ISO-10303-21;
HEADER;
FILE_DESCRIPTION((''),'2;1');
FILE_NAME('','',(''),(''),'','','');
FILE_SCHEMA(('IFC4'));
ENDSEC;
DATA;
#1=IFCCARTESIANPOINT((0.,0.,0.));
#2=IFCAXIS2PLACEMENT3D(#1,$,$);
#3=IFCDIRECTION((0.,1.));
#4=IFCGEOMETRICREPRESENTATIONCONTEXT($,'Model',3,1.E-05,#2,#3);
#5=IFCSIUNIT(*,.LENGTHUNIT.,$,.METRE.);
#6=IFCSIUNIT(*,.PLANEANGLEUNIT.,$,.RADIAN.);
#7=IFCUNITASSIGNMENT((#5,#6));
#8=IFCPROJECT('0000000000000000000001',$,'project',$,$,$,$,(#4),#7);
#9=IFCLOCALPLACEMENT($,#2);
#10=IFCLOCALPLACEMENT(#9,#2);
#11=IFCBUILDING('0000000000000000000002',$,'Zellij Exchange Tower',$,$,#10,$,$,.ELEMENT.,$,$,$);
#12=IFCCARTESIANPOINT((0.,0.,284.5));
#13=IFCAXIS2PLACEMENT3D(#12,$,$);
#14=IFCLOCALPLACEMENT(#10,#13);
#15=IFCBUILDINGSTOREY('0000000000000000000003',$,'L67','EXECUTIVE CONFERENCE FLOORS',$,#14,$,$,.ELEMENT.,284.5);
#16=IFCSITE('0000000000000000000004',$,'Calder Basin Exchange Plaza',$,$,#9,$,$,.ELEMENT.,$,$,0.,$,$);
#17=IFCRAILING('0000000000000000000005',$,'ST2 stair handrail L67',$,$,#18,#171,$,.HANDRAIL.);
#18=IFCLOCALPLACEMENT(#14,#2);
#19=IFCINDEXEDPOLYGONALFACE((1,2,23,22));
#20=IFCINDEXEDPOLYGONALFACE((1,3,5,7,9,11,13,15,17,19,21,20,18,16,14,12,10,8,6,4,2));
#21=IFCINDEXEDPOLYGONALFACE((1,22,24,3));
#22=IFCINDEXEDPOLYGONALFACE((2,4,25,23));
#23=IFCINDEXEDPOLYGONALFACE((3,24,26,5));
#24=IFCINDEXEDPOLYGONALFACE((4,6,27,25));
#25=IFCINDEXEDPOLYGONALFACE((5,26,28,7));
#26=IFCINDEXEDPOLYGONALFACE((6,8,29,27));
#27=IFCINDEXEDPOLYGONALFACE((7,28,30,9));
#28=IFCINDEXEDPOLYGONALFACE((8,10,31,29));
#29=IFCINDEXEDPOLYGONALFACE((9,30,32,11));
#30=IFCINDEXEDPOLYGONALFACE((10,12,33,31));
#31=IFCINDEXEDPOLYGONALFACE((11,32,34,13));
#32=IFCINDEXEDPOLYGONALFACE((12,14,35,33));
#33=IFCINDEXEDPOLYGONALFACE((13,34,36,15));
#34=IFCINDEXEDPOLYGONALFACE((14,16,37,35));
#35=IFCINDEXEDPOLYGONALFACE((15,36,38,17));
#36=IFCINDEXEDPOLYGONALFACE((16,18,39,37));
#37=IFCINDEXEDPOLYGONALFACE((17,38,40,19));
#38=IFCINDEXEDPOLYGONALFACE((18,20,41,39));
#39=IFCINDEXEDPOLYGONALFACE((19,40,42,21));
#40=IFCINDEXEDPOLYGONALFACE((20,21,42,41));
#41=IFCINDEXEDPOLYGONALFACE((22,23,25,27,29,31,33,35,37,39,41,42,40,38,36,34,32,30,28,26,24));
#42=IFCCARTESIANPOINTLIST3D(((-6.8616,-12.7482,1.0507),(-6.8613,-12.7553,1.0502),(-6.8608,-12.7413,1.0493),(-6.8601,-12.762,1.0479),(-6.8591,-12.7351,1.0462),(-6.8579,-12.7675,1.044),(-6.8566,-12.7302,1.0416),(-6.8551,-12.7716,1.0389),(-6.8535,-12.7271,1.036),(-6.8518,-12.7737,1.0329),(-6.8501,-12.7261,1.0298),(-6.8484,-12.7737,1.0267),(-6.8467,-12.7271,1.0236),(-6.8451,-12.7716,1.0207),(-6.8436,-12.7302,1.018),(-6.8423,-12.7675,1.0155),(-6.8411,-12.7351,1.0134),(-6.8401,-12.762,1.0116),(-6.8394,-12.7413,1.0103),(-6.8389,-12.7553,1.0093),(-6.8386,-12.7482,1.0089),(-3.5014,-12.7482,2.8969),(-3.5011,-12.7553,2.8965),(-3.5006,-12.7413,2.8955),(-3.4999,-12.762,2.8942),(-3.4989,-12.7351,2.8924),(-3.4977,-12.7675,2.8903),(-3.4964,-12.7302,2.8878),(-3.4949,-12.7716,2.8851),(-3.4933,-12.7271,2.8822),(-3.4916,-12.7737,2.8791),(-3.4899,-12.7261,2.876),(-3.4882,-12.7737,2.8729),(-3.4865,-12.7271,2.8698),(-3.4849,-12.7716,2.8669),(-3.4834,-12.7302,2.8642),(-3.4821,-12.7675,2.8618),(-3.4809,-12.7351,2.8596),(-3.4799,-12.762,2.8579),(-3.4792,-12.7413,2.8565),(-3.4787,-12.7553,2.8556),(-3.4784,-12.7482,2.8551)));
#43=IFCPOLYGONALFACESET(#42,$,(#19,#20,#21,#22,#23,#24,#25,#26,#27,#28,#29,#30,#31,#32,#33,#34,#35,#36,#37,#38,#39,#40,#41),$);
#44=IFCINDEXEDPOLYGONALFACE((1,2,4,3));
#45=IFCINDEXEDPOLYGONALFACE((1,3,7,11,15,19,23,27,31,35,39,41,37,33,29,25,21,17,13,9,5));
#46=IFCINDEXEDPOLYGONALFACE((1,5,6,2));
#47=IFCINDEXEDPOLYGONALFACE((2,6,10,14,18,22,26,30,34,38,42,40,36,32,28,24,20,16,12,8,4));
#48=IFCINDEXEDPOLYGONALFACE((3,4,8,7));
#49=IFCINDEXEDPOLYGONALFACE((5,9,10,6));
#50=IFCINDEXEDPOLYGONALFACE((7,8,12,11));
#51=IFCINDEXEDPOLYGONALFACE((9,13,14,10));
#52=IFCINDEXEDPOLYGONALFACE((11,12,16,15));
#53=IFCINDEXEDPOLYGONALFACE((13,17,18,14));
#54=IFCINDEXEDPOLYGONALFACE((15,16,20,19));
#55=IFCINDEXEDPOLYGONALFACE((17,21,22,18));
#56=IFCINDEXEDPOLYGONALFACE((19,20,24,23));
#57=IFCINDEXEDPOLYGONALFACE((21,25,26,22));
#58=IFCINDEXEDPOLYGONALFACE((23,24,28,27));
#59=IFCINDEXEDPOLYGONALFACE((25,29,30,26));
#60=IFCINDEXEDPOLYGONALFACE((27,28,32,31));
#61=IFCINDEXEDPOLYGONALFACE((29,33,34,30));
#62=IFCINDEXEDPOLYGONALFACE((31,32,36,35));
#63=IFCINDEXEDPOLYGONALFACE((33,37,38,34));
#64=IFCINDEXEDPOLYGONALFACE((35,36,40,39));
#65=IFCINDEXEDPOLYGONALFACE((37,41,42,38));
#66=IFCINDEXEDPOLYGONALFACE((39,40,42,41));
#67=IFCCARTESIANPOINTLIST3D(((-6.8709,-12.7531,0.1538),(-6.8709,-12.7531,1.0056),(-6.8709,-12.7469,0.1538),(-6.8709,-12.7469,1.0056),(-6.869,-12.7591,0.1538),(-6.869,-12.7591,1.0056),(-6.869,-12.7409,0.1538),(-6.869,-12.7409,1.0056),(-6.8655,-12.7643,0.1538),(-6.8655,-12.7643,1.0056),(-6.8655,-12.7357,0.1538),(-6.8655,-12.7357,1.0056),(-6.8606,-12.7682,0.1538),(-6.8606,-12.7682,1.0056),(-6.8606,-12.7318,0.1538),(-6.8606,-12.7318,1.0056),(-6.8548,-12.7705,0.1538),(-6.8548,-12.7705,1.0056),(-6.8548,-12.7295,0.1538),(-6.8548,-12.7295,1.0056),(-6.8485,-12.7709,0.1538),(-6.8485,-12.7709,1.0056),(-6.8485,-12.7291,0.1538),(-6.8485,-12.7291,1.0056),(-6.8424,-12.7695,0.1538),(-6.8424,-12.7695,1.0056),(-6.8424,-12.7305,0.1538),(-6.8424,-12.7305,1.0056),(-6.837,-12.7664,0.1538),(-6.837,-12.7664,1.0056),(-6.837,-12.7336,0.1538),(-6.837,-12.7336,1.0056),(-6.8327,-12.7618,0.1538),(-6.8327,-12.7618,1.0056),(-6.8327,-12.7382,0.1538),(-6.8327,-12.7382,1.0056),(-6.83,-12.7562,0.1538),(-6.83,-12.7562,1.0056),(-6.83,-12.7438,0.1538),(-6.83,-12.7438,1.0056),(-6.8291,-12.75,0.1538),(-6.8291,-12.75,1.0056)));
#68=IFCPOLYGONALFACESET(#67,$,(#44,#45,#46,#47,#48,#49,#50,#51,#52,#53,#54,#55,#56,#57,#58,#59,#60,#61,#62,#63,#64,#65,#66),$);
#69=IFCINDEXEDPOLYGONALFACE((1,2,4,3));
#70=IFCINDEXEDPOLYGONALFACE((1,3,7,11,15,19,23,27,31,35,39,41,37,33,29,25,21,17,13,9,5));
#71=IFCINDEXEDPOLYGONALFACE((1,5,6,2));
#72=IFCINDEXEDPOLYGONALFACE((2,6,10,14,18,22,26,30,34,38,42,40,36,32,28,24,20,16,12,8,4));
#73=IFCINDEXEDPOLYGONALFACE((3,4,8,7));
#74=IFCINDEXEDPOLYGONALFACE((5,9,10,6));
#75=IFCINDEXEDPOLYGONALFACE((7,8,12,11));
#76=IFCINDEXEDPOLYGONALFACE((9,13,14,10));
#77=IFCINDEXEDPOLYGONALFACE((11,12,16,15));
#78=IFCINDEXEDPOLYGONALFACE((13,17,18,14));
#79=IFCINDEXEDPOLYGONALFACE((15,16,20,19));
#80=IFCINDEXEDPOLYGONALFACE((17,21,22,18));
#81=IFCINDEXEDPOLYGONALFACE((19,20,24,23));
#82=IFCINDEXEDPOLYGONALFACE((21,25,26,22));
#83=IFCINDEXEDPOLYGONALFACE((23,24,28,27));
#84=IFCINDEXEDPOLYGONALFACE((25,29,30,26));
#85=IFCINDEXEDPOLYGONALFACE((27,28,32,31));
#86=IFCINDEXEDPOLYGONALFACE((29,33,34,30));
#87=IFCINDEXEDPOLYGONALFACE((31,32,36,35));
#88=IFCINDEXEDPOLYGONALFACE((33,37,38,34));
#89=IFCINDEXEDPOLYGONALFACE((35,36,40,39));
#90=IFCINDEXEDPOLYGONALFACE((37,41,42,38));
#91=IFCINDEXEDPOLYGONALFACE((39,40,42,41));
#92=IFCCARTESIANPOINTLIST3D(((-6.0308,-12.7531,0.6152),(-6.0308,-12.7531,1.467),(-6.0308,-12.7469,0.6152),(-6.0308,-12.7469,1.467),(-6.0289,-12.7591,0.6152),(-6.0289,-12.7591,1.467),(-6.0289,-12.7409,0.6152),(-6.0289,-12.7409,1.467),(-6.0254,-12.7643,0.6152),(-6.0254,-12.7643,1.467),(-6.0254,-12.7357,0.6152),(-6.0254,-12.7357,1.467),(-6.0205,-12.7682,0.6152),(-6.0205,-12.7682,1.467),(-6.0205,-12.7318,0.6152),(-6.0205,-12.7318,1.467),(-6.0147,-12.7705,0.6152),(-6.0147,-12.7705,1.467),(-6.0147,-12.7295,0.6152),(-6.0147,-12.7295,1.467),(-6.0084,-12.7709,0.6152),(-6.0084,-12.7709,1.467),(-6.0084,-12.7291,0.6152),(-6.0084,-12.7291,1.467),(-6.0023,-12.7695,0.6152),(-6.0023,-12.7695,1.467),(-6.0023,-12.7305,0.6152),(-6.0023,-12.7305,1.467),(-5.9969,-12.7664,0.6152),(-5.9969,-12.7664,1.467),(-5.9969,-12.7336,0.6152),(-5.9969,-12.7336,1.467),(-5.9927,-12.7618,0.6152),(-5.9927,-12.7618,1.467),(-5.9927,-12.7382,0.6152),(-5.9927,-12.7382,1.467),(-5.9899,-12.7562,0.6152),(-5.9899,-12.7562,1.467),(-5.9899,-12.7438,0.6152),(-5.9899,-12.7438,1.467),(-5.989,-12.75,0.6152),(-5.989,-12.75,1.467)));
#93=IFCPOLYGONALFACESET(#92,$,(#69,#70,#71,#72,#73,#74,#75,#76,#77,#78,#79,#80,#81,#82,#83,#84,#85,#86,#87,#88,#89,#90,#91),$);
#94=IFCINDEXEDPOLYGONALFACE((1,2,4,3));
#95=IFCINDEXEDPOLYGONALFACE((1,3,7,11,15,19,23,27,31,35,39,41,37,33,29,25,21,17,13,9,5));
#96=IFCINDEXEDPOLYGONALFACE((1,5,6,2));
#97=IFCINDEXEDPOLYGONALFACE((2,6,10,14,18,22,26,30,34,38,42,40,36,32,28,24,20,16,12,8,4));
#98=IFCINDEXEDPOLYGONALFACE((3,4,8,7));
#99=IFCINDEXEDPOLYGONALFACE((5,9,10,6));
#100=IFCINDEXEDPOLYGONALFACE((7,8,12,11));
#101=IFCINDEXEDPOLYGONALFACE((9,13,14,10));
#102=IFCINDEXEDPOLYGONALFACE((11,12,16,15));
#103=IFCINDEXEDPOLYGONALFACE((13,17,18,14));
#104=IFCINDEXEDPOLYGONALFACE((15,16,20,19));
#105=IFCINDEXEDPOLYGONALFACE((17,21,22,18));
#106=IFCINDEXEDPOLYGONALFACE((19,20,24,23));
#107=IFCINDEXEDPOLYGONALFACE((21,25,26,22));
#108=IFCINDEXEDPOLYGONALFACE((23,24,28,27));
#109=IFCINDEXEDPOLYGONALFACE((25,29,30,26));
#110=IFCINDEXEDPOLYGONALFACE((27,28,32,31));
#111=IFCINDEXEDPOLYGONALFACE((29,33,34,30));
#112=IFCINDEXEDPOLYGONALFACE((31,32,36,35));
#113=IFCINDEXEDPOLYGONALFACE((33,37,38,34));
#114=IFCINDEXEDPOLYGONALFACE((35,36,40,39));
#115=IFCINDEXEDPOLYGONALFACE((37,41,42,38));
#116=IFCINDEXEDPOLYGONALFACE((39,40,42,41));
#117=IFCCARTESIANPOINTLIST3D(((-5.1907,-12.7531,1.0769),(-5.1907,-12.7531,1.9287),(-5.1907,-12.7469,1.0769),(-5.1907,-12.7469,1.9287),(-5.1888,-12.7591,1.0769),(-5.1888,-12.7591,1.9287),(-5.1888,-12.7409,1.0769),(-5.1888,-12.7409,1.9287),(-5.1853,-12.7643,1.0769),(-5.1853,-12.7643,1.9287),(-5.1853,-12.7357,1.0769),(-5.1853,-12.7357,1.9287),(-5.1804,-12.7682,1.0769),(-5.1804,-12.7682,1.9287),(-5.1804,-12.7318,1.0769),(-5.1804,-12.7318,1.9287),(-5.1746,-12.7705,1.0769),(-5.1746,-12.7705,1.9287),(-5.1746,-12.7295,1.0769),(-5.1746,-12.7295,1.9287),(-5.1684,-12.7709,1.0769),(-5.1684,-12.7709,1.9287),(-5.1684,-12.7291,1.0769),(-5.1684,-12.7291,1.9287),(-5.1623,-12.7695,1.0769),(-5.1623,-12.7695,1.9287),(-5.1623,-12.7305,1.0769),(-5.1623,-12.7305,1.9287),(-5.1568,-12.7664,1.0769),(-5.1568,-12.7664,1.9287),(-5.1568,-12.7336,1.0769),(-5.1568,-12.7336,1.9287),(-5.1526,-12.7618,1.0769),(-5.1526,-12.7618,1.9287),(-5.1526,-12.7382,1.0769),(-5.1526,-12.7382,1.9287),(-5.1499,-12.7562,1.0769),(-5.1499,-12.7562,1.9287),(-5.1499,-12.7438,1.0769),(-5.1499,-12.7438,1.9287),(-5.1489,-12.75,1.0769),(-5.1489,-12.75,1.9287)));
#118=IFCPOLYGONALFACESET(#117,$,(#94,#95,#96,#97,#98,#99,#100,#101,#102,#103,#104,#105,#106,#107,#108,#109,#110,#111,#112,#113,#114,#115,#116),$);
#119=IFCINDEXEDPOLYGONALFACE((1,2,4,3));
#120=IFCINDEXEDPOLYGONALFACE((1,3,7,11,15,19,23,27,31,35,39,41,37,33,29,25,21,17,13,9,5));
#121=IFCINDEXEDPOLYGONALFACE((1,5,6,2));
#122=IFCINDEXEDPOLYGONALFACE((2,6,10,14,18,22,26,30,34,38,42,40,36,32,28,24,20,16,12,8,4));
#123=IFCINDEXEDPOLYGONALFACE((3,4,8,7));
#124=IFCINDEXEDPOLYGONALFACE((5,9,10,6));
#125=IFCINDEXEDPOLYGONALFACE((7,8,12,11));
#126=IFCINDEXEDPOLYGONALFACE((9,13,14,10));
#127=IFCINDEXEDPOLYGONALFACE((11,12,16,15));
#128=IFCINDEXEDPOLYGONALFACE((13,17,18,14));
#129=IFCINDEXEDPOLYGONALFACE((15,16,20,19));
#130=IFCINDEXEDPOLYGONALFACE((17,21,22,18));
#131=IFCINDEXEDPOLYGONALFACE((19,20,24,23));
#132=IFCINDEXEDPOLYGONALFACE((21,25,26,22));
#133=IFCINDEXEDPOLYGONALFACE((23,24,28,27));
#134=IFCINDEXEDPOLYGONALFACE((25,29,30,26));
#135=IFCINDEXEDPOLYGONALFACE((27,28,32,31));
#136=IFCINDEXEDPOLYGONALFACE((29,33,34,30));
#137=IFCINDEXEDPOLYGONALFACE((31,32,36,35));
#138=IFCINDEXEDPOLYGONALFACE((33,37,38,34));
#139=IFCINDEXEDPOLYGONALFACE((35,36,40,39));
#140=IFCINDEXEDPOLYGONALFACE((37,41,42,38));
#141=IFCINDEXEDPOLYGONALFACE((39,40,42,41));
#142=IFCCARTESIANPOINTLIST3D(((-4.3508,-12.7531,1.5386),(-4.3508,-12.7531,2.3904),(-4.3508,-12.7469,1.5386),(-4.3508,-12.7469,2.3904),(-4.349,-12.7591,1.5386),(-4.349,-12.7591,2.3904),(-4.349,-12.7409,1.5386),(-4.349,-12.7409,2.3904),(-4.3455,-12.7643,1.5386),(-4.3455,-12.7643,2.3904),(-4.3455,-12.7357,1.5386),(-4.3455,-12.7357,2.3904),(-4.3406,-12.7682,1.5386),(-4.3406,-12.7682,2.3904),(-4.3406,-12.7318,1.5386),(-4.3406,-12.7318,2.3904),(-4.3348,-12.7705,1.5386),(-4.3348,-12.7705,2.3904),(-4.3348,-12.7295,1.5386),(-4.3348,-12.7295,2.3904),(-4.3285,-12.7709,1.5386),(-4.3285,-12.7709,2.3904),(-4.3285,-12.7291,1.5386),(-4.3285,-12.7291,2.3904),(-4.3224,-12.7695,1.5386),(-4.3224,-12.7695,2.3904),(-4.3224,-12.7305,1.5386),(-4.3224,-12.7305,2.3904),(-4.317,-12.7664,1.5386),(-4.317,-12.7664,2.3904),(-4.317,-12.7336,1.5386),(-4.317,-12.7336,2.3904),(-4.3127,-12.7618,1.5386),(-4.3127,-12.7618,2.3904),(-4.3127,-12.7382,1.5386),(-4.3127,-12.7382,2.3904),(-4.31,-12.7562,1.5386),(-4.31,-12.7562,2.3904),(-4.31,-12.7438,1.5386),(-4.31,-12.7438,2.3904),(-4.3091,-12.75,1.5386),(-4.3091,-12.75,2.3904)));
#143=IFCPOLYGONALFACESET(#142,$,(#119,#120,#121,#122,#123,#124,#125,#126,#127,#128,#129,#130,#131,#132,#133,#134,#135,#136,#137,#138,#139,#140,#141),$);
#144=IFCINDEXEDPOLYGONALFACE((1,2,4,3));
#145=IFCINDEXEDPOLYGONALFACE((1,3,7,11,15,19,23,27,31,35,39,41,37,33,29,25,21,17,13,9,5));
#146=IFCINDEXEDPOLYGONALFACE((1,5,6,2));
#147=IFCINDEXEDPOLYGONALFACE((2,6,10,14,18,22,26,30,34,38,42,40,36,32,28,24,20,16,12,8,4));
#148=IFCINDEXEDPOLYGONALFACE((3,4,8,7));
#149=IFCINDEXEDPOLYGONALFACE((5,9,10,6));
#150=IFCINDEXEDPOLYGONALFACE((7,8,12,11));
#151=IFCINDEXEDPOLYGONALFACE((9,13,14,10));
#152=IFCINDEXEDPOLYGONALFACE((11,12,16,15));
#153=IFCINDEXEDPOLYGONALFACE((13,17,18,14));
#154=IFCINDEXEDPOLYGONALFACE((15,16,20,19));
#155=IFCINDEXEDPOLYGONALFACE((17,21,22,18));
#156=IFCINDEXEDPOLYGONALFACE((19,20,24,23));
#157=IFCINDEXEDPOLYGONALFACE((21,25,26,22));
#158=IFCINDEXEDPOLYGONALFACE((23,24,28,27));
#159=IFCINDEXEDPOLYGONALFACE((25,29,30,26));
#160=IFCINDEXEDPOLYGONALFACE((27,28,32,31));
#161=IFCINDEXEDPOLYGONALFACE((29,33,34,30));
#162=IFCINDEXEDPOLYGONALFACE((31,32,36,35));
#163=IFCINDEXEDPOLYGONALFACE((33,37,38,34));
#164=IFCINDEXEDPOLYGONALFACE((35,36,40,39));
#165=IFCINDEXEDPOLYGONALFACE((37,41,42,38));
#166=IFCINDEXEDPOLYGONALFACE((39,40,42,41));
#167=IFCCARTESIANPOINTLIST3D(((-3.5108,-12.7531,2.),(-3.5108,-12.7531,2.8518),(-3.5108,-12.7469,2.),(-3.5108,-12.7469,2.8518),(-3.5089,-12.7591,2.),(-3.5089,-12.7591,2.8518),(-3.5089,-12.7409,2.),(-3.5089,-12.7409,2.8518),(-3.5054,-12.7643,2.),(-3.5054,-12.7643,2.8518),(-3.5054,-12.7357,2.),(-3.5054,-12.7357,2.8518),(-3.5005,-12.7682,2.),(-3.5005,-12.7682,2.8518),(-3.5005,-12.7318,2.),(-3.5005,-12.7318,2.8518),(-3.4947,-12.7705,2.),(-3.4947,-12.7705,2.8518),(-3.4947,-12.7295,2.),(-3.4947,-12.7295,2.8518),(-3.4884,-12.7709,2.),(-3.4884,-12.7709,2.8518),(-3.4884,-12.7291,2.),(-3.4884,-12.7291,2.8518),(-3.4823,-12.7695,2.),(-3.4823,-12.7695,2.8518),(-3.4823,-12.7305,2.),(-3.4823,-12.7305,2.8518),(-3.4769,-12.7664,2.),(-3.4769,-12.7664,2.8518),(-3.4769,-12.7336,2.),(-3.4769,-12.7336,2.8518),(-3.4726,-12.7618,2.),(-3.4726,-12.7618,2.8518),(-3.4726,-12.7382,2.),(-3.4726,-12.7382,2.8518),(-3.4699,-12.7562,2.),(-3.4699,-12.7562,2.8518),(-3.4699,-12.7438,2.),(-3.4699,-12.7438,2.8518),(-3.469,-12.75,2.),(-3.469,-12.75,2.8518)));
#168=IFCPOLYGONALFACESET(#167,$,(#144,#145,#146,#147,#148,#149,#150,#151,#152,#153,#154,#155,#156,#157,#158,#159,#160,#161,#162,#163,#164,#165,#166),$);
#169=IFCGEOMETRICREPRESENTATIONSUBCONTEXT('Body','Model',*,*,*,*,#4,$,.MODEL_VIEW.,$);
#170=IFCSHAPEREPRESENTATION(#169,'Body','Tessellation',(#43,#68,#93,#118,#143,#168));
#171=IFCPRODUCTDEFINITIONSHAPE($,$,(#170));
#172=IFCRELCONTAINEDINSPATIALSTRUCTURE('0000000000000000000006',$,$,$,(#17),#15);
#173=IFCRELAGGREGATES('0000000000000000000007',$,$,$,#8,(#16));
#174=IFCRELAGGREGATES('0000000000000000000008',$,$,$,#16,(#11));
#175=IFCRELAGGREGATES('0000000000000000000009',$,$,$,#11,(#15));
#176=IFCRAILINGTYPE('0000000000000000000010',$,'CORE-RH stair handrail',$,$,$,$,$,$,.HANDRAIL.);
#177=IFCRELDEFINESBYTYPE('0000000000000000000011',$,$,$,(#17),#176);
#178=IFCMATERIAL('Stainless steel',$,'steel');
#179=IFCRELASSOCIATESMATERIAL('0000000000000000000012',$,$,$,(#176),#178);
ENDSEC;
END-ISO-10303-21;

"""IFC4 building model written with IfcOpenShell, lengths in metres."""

from ifc_helpers import new_model, si_unit, direction, frame, origin, origin_2d, place, context, subcontext, project, spatial, circle, extrude, material, type_object, element, save


model = new_model("IFC4")

# Units and contexts
model_context = context("Model", 3, precision=1e-05, world=origin(), true_north=direction((0.0, 1.0)))
body_context = subcontext(model_context, "Body", "Model", "MODEL_VIEW")
ifc_project = project(units=[si_unit("LENGTHUNIT", "METRE"), si_unit("PLANEANGLEUNIT", "RADIAN")], contexts=[model_context])

# Site, building, storey
site_placement = place(None, origin())
site = spatial("IfcSite", under=ifc_project, at=site_placement, Name="Calder Basin Exchange Plaza", CompositionType="ELEMENT", RefElevation=0.0)
building_placement = place(site_placement, origin())
building = spatial("IfcBuilding", under=site, at=building_placement, Name="Zellij Exchange Tower", CompositionType="ELEMENT")
storey_placement = place(building_placement, frame((0.0, 0.0, 284.5)))
storey = spatial("IfcBuildingStorey", under=building, at=storey_placement, Name="L67", Description="EXECUTIVE CONFERENCE FLOORS", CompositionType="ELEMENT", Elevation=284.5)

# Railing
ifc_material_1 = material(Name="Stainless steel", Category="steel")
railing_type_1 = type_object("IfcRailingType", Name="CORE-RH stair handrail", PredefinedType="HANDRAIL", material=ifc_material_1)
railing_1_placement = place(storey_placement, frame((-6.8501, -12.75, 0.1538)))
element("IfcRailing", 1, at=railing_1_placement, inside=storey, type_object=railing_type_1, Name="ST2 stair handrail L67", PredefinedType="HANDRAIL", context=body_context, shape_type="SweptSolid", body=[
    extrude(circle(Radius=0.0239, at=origin_2d()), frame((0.0, 0.0, 0.876), z_axis=(0.876422, 0.0, 0.481545), x_axis=(0.0, 1.0, 0.0)), (0.0, 0.0, 1.0), 3.834),
    extrude(circle(Radius=0.021, at=origin_2d()), origin(), (0.0, 0.0, 1.0), 0.8518),
    extrude(circle(Radius=0.021, at=origin_2d()), frame((0.8401, 0.0, 0.4614)), (0.0, 0.0, 1.0), 0.8518),
    extrude(circle(Radius=0.021, at=origin_2d()), frame((1.6802, 0.0, 0.9231)), (0.0, 0.0, 1.0), 0.8518),
    extrude(circle(Radius=0.021, at=origin_2d()), frame((2.52, 0.0, 1.3848)), (0.0, 0.0, 1.0), 0.8518),
    extrude(circle(Radius=0.021, at=origin_2d()), frame((3.3601, 0.0, 1.8462)), (0.0, 0.0, 1.0), 0.8518),
])

save(model, "model.ifc")
